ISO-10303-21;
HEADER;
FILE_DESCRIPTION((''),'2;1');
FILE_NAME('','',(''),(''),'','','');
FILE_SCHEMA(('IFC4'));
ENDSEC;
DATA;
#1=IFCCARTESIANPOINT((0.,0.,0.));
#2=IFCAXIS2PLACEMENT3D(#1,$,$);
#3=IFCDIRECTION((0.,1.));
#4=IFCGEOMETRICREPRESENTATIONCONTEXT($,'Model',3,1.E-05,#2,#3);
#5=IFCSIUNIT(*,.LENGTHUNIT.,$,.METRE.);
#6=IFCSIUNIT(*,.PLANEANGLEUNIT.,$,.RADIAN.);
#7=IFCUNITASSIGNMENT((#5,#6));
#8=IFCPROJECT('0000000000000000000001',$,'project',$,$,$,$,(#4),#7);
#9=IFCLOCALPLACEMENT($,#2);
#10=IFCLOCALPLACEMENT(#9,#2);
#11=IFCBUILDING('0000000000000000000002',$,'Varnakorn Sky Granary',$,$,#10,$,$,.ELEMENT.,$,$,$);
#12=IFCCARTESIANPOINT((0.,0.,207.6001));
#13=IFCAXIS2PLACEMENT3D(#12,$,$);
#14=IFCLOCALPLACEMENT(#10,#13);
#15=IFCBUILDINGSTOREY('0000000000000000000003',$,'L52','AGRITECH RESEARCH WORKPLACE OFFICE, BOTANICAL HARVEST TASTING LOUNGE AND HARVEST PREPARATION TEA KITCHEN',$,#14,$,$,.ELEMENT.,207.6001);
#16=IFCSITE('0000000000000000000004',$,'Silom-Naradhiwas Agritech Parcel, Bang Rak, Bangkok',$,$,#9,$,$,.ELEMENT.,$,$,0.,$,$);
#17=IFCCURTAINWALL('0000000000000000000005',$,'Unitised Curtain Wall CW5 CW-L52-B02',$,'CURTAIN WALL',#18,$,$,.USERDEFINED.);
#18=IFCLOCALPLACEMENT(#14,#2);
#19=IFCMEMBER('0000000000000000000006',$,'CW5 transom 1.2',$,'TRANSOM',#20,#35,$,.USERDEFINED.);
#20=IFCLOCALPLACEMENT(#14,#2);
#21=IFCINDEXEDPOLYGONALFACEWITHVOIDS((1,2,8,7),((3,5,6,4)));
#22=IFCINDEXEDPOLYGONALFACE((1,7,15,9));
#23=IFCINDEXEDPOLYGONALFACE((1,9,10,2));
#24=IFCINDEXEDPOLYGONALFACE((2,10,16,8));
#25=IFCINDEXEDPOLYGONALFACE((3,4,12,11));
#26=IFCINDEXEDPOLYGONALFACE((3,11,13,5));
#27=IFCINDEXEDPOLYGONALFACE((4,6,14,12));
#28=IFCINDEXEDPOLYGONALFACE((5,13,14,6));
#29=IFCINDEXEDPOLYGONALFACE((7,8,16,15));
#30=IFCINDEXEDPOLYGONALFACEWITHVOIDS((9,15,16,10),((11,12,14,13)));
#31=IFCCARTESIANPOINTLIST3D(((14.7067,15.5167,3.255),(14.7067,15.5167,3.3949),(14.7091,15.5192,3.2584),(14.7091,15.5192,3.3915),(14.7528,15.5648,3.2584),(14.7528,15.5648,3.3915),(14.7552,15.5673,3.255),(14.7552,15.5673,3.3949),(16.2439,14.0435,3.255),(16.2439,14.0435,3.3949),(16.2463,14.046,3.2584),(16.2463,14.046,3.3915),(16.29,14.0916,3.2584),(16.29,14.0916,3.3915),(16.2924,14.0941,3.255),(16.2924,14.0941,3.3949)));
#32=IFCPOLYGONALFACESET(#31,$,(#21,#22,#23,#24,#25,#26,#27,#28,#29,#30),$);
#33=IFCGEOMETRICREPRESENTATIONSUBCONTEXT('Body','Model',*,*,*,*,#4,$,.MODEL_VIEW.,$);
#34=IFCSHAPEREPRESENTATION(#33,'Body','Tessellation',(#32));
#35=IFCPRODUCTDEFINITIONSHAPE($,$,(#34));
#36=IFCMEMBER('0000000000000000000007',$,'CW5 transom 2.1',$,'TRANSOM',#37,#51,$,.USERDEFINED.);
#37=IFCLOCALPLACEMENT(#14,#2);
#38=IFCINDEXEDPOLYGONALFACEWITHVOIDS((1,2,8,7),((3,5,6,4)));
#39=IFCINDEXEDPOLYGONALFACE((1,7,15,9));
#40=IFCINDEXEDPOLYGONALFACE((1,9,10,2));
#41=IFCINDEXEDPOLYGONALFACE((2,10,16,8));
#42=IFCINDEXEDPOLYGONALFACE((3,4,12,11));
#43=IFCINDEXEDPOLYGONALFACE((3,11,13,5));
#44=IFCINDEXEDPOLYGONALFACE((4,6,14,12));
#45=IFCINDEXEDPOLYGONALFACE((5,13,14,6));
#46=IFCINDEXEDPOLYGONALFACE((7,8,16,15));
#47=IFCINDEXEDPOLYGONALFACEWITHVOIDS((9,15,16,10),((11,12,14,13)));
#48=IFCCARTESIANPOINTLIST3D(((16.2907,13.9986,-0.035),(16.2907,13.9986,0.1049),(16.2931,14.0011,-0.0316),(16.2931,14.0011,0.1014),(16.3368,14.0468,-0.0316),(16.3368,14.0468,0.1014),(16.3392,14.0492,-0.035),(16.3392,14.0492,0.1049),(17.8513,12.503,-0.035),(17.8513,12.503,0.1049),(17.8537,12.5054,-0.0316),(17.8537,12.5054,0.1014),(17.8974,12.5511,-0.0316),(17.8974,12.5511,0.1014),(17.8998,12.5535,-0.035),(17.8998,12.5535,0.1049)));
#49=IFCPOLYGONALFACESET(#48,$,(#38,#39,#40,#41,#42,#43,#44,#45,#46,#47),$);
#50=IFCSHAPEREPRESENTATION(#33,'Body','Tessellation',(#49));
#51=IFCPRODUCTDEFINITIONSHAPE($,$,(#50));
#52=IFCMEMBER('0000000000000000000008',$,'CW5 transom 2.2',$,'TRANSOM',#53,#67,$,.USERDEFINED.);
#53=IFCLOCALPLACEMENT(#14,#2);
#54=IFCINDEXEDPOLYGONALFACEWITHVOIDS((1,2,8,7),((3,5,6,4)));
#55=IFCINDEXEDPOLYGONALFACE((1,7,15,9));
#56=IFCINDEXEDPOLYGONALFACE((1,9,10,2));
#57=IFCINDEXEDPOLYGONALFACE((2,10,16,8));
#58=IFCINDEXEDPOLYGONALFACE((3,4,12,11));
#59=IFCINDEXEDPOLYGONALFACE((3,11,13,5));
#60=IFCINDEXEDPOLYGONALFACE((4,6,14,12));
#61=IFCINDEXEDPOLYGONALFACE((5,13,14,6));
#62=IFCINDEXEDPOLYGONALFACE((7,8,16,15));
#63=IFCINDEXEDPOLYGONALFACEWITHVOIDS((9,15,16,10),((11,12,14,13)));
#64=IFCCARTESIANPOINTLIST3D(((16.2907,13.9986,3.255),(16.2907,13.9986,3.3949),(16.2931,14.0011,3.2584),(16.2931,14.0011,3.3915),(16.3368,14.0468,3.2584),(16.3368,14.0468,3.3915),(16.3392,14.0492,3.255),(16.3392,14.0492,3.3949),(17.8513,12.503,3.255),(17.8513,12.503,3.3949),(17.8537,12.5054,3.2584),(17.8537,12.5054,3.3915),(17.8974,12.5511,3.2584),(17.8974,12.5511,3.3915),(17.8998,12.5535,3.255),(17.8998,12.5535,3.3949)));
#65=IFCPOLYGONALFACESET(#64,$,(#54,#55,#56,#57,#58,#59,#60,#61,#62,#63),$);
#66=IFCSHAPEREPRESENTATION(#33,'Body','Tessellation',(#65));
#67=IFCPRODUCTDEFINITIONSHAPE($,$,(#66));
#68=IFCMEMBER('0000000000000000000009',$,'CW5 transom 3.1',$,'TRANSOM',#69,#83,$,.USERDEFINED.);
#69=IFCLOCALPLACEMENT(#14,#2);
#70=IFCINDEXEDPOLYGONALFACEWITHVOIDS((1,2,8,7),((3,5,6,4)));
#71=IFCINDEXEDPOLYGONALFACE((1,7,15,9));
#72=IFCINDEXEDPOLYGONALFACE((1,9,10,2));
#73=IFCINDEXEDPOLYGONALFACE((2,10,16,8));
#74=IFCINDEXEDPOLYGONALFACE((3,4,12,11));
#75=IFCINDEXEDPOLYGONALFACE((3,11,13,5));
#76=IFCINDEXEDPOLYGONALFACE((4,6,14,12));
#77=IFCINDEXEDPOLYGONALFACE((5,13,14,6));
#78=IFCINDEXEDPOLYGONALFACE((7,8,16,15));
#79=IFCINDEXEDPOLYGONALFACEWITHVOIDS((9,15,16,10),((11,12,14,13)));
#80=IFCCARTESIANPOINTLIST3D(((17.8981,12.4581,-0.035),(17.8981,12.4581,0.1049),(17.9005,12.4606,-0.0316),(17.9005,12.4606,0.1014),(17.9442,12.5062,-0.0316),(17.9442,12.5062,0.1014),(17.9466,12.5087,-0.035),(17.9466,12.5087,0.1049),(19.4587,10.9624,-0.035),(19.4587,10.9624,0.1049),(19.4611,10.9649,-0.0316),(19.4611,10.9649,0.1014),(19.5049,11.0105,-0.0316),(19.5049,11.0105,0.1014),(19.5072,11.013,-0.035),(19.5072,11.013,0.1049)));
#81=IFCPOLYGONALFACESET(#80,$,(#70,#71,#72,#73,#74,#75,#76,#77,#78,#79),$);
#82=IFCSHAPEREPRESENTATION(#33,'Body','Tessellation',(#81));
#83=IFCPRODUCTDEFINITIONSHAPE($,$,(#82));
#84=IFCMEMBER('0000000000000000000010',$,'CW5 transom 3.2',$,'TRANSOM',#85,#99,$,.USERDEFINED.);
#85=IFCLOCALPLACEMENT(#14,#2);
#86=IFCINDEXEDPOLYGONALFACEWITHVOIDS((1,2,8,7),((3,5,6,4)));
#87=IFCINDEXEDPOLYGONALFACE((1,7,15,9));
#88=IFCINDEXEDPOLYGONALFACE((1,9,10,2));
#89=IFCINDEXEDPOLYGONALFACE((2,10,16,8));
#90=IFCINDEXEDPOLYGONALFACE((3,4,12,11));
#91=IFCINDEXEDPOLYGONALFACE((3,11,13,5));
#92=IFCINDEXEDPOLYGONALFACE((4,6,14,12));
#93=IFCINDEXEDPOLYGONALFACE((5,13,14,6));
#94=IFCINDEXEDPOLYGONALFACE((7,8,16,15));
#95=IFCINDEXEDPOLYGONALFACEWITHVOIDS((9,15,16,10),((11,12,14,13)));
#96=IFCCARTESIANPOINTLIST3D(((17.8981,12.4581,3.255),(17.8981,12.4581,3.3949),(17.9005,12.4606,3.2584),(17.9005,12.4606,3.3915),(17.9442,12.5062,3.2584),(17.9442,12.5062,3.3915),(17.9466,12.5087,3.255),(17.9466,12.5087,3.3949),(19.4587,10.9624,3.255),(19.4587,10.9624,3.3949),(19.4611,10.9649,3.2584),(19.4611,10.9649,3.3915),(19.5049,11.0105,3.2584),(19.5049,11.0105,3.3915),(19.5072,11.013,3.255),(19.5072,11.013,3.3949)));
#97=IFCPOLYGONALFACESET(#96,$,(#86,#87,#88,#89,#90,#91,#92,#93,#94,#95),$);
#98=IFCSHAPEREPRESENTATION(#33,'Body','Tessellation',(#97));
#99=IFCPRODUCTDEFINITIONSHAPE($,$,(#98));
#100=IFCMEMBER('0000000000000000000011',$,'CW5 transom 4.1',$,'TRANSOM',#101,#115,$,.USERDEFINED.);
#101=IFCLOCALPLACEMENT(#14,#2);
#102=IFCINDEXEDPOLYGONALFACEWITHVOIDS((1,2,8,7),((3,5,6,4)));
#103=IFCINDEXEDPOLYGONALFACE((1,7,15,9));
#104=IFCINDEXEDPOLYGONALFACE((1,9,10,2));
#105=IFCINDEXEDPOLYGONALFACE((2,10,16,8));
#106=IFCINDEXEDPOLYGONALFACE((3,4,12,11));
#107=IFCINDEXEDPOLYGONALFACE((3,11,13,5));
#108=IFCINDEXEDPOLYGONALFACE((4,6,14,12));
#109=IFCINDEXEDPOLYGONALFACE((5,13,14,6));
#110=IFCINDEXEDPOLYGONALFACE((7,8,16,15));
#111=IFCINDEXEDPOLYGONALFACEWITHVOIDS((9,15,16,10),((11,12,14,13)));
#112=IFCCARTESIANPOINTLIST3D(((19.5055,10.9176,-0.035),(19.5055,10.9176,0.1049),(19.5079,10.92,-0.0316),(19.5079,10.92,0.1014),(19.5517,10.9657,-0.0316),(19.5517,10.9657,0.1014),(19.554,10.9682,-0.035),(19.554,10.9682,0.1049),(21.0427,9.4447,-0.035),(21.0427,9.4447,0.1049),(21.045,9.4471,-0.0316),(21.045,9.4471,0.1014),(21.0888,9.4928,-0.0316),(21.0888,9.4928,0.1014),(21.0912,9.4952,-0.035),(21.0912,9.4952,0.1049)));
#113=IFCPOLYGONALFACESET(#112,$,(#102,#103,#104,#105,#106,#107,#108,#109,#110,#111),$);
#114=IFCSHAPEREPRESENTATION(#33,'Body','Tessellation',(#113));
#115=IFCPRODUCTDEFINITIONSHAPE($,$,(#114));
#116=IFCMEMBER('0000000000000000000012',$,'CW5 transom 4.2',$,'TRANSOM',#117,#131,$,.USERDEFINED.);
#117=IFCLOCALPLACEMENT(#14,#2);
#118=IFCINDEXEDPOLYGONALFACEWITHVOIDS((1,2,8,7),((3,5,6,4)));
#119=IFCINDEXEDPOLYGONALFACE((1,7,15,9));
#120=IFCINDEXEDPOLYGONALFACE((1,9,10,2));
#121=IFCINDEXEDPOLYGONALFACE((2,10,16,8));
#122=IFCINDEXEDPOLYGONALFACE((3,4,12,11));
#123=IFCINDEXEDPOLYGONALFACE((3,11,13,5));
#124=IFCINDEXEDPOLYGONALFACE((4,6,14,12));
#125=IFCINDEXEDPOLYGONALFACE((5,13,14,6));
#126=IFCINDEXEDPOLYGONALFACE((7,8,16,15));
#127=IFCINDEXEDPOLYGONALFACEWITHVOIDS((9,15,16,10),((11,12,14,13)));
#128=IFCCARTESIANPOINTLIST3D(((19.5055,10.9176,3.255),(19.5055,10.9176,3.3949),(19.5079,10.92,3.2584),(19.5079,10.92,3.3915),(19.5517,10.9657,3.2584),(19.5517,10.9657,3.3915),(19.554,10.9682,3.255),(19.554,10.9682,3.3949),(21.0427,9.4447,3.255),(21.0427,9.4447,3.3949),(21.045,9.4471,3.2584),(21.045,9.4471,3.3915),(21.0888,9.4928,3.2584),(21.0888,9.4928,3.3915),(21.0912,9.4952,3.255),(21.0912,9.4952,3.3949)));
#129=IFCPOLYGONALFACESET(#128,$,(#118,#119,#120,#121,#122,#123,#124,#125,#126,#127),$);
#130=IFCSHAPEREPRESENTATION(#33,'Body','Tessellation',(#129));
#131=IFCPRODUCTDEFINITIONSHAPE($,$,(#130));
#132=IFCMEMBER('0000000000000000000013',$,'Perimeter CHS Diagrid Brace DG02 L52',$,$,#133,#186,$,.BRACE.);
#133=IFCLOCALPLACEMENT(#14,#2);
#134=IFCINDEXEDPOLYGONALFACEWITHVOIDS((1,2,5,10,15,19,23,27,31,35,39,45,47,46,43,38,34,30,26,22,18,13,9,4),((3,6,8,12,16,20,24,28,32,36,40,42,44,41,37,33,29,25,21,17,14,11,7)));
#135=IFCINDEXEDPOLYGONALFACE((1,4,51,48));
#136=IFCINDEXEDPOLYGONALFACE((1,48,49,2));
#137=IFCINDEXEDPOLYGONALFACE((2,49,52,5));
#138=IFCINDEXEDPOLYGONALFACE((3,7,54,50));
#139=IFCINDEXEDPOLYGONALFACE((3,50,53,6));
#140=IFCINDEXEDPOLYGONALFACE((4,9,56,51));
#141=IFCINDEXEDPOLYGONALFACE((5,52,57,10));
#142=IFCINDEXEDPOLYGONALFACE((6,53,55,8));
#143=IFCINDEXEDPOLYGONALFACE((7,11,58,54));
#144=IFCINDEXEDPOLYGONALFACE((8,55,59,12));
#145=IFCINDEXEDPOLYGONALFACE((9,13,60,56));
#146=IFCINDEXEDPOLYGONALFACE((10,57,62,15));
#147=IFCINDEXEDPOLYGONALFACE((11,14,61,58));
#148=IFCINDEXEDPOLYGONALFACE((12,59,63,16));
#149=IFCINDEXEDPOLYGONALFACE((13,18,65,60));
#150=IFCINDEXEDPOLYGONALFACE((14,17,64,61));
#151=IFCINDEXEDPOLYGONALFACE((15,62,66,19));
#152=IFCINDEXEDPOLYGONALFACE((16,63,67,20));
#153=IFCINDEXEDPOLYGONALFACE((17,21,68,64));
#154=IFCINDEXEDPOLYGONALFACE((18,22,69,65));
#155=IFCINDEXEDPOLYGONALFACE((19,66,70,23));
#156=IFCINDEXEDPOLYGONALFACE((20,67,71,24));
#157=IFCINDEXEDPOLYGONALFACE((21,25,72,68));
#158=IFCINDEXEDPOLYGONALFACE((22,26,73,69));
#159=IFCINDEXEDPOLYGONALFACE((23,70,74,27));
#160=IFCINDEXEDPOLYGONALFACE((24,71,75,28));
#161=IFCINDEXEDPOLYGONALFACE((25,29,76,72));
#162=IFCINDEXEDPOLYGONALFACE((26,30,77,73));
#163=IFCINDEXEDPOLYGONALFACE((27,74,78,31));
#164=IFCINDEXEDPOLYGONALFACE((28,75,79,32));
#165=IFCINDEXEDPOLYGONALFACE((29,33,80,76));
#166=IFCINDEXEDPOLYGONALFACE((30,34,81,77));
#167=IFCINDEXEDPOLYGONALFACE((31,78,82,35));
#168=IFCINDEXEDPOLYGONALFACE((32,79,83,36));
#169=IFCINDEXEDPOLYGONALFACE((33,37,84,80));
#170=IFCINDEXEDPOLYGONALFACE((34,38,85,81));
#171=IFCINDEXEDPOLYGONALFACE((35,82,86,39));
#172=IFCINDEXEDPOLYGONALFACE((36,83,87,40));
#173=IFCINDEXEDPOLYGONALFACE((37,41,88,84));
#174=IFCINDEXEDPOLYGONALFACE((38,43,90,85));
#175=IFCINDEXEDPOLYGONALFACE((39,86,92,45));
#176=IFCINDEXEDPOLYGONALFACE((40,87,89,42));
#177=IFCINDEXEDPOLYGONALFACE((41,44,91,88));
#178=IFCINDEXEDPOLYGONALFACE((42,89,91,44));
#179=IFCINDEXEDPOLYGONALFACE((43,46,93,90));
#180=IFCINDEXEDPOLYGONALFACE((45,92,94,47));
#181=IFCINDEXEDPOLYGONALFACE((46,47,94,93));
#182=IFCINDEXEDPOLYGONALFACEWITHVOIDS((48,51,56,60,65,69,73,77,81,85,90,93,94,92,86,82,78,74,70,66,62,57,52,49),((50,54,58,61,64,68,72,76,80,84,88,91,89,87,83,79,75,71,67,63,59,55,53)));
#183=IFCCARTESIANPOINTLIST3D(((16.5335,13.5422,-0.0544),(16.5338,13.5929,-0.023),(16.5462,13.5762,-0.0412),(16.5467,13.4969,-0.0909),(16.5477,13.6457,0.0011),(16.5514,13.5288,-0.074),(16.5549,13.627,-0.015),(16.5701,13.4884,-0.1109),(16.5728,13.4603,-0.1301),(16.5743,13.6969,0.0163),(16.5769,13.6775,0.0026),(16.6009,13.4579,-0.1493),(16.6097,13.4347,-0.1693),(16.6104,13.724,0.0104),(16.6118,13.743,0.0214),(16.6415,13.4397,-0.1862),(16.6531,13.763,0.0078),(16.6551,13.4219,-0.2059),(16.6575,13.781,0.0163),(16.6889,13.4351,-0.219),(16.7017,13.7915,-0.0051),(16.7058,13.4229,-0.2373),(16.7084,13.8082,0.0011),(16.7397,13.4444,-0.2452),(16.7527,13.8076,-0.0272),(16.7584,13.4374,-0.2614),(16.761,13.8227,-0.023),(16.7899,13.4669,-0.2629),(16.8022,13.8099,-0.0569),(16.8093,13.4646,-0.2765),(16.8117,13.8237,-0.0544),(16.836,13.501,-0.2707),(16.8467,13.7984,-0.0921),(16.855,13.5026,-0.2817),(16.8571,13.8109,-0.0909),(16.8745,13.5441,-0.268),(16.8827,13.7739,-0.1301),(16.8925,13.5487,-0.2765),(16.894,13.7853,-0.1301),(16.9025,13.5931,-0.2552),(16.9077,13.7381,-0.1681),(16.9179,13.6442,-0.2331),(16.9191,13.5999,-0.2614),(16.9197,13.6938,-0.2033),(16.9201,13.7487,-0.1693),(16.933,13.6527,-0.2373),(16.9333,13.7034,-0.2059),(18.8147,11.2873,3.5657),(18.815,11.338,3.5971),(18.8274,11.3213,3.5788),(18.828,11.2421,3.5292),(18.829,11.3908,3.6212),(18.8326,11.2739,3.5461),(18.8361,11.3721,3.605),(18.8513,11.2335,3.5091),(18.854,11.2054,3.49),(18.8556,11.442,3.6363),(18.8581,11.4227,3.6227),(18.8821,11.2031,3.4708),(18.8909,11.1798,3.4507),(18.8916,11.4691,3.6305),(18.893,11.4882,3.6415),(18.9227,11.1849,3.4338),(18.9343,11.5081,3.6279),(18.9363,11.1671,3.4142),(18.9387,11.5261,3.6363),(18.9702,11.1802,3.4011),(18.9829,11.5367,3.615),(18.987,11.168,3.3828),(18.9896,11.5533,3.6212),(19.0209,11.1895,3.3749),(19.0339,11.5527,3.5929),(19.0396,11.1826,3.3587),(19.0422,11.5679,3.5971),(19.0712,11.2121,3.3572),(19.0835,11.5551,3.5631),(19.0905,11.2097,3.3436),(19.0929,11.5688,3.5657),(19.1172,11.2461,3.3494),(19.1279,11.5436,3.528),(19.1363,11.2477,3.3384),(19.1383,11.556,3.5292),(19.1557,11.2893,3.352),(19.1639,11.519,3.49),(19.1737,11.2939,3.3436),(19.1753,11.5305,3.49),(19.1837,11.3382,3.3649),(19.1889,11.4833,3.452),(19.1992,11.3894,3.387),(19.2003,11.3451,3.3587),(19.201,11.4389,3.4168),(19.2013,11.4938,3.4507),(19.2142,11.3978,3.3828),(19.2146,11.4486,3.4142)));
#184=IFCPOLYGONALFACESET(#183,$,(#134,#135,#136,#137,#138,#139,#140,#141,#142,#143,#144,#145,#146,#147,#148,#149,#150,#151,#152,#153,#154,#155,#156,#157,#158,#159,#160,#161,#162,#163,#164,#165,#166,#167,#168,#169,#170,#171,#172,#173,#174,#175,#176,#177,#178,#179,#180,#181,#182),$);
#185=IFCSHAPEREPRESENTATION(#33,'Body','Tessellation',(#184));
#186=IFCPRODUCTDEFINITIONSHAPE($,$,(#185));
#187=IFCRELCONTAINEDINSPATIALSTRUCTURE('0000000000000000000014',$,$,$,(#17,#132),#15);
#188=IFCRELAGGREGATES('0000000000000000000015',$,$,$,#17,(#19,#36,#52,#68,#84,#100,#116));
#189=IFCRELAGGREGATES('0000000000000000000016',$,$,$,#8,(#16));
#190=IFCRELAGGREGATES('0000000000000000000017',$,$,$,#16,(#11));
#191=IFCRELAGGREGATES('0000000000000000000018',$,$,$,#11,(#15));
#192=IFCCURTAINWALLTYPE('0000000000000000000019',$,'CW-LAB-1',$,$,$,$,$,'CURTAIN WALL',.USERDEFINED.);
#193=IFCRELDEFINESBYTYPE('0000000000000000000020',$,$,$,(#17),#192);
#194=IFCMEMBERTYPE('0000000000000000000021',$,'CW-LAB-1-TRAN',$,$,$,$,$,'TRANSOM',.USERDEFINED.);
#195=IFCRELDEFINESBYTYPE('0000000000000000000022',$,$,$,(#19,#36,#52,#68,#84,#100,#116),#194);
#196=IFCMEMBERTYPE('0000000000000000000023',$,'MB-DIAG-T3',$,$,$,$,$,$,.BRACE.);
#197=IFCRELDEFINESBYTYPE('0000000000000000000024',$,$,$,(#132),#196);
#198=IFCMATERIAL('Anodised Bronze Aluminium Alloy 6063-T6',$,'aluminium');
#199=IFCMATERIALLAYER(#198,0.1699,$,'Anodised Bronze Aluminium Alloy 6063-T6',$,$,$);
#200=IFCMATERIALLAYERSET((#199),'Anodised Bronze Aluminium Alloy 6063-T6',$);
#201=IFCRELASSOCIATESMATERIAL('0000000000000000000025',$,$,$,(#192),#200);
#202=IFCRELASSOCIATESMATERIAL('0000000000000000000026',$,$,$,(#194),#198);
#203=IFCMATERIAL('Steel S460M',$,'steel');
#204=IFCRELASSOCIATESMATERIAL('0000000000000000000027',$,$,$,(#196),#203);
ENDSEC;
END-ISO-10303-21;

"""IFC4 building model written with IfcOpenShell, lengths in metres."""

from ifc_helpers import new_model, si_unit, direction, frame, origin, origin_2d, place, context, subcontext, project, spatial, hollow_rectangle, hollow_circle, extrude, material, layer, layer_set, material_profile, profile_set, type_object, element, aggregate, save


model = new_model("IFC4")

# Units and contexts
model_context = context("Model", 3, precision=1e-05, world=origin(), true_north=direction((0.0, 1.0)))
body_context = subcontext(model_context, "Body", "Model", "MODEL_VIEW")
ifc_project = project(units=[si_unit("LENGTHUNIT", "METRE"), si_unit("PLANEANGLEUNIT", "RADIAN")], contexts=[model_context])

# Site, building, storey
site_placement = place(None, origin())
site = spatial("IfcSite", under=ifc_project, at=site_placement, Name="Silom-Naradhiwas Agritech Parcel, Bang Rak, Bangkok", CompositionType="ELEMENT", RefElevation=0.0)
building_placement = place(site_placement, origin())
building = spatial("IfcBuilding", under=site, at=building_placement, Name="Varnakorn Sky Granary", CompositionType="ELEMENT")
storey_placement = place(building_placement, frame((0.0, 0.0, 207.6001)))
storey = spatial("IfcBuildingStorey", under=building, at=storey_placement, Name="L52", Description="AGRITECH RESEARCH WORKPLACE OFFICE, BOTANICAL HARVEST TASTING LOUNGE AND HARVEST PREPARATION TEA KITCHEN", CompositionType="ELEMENT", Elevation=207.6001)

# Shared definitions
ifc_material_1 = material(Name="Steel S460M", Category="steel")

# Curtain wall, members
ifc_material_2 = material(Name="Anodised Bronze Aluminium Alloy 6063-T6", Category="aluminium")
ifc_layer_1 = layer(ifc_material_2, 0.1699, Name="Anodised Bronze Aluminium Alloy 6063-T6")
ifc_layer_set_1 = layer_set([ifc_layer_1], Name="Anodised Bronze Aluminium Alloy 6063-T6")
curtain_wall_type = type_object("IfcCurtainWallType", Name="CW-LAB-1", ElementType="CURTAIN WALL", PredefinedType="USERDEFINED", material=ifc_layer_set_1)
curtain_wall_placement = place(storey_placement, origin())
curtain_wall = element("IfcCurtainWall", 1, at=curtain_wall_placement, inside=storey, type_object=curtain_wall_type, Name="Unitised Curtain Wall CW5 CW-L52-B02", ObjectType="CURTAIN WALL", PredefinedType="USERDEFINED")
ifc_material_profile_1 = material_profile(ifc_material_2, hollow_rectangle(XDim=0.0701, YDim=0.1399, WallThickness=0.0034, at=origin_2d()), Name="ALU TRAN 70x140")
ifc_profile_set_1 = profile_set([ifc_material_profile_1], Name="Anodised Bronze Aluminium Alloy 6063-T6")
member_type_1 = type_object("IfcMemberType", Name="CW-LAB-1-TRAN", ElementType="TRANSOM", PredefinedType="USERDEFINED", material=ifc_profile_set_1)
member_1_placement = place(storey_placement, frame((14.731, 15.542, 3.325), z_axis=(0.721969, -0.691925, 0.0), x_axis=(0.691925, 0.721969, 0.0)))
member_1 = element("IfcMember", 2, at=member_1_placement, type_object=member_type_1, Name="CW5 transom 1.2", ObjectType="TRANSOM", PredefinedType="USERDEFINED", context=body_context, shape_type="SweptSolid", body=[
    extrude(hollow_rectangle(XDim=0.0701, YDim=0.1399, WallThickness=0.0034, at=origin_2d()), origin(), (0.0, 0.0, 1.0), 2.1292),
])
member_2_placement = place(storey_placement, frame((16.3149, 14.0239, 0.0349), z_axis=(0.721969, -0.691925, 0.0), x_axis=(0.691925, 0.721969, 0.0)))
member_2 = element("IfcMember", 3, at=member_2_placement, type_object=member_type_1, Name="CW5 transom 2.1", ObjectType="TRANSOM", PredefinedType="USERDEFINED", context=body_context, shape_type="SweptSolid", body=[
    extrude(hollow_rectangle(XDim=0.0701, YDim=0.1399, WallThickness=0.0034, at=origin_2d()), origin(), (0.0, 0.0, 1.0), 2.1616),
])
member_3_placement = place(storey_placement, frame((16.3149, 14.0239, 3.325), z_axis=(0.721969, -0.691925, 0.0), x_axis=(0.691925, 0.721969, 0.0)))
member_3 = element("IfcMember", 4, at=member_3_placement, type_object=member_type_1, Name="CW5 transom 2.2", ObjectType="TRANSOM", PredefinedType="USERDEFINED", context=body_context, shape_type="SweptSolid", body=[
    extrude(hollow_rectangle(XDim=0.0701, YDim=0.1399, WallThickness=0.0034, at=origin_2d()), origin(), (0.0, 0.0, 1.0), 2.1616),
])
member_4_placement = place(storey_placement, frame((17.9224, 12.4834, 0.0349), z_axis=(0.721969, -0.691925, 0.0), x_axis=(0.691925, 0.721969, 0.0)))
member_4 = element("IfcMember", 5, at=member_4_placement, type_object=member_type_1, Name="CW5 transom 3.1", ObjectType="TRANSOM", PredefinedType="USERDEFINED", context=body_context, shape_type="SweptSolid", body=[
    extrude(hollow_rectangle(XDim=0.0701, YDim=0.1399, WallThickness=0.0034, at=origin_2d()), origin(), (0.0, 0.0, 1.0), 2.1616),
])
member_5_placement = place(storey_placement, frame((17.9224, 12.4834, 3.325), z_axis=(0.721969, -0.691925, 0.0), x_axis=(0.691925, 0.721969, 0.0)))
member_5 = element("IfcMember", 6, at=member_5_placement, type_object=member_type_1, Name="CW5 transom 3.2", ObjectType="TRANSOM", PredefinedType="USERDEFINED", context=body_context, shape_type="SweptSolid", body=[
    extrude(hollow_rectangle(XDim=0.0701, YDim=0.1399, WallThickness=0.0034, at=origin_2d()), origin(), (0.0, 0.0, 1.0), 2.1616),
])
member_6_placement = place(storey_placement, frame((19.5298, 10.9429, 0.0349), z_axis=(0.722026, -0.691866, 0.0), x_axis=(0.691866, 0.722026, 0.0)))
member_6 = element("IfcMember", 7, at=member_6_placement, type_object=member_type_1, Name="CW5 transom 4.1", ObjectType="TRANSOM", PredefinedType="USERDEFINED", context=body_context, shape_type="SweptSolid", body=[
    extrude(hollow_rectangle(XDim=0.0701, YDim=0.1399, WallThickness=0.0034, at=origin_2d()), origin(), (0.0, 0.0, 1.0), 2.1289),
])
member_7_placement = place(storey_placement, frame((19.5298, 10.9429, 3.325), z_axis=(0.722026, -0.691866, 0.0), x_axis=(0.691866, 0.722026, 0.0)))
member_7 = element("IfcMember", 8, at=member_7_placement, type_object=member_type_1, Name="CW5 transom 4.2", ObjectType="TRANSOM", PredefinedType="USERDEFINED", context=body_context, shape_type="SweptSolid", body=[
    extrude(hollow_rectangle(XDim=0.0701, YDim=0.1399, WallThickness=0.0034, at=origin_2d()), origin(), (0.0, 0.0, 1.0), 2.1289),
])

# Member
ifc_material_profile_2 = material_profile(ifc_material_1, hollow_circle(Radius=0.2285, WallThickness=0.0161, at=origin_2d()), Name="CHS 457x16")
ifc_profile_set_2 = profile_set([ifc_material_profile_2], Name="Steel S460M")
member_type_2 = type_object("IfcMemberType", Name="MB-DIAG-T3", PredefinedType="BRACE", material=ifc_profile_set_2)
member_8_placement = place(storey_placement, frame((16.7334, 13.6228, -0.1301), z_axis=(0.471652, -0.466201, 0.748466), x_axis=(0.702985, 0.711205, 0.0)))
element("IfcMember", 9, at=member_8_placement, inside=storey, type_object=member_type_2, Name="Perimeter CHS Diagrid Brace DG02 L52", PredefinedType="BRACE", context=body_context, shape_type="SweptSolid", body=[
    extrude(hollow_circle(Radius=0.2285, WallThickness=0.0161, at=origin_2d()), origin(), (0.0, 0.0, 1.0), 4.8367),
])

aggregate(curtain_wall, [member_1, member_2, member_3, member_4, member_5, member_6, member_7])

save(model, "model.ifc")
